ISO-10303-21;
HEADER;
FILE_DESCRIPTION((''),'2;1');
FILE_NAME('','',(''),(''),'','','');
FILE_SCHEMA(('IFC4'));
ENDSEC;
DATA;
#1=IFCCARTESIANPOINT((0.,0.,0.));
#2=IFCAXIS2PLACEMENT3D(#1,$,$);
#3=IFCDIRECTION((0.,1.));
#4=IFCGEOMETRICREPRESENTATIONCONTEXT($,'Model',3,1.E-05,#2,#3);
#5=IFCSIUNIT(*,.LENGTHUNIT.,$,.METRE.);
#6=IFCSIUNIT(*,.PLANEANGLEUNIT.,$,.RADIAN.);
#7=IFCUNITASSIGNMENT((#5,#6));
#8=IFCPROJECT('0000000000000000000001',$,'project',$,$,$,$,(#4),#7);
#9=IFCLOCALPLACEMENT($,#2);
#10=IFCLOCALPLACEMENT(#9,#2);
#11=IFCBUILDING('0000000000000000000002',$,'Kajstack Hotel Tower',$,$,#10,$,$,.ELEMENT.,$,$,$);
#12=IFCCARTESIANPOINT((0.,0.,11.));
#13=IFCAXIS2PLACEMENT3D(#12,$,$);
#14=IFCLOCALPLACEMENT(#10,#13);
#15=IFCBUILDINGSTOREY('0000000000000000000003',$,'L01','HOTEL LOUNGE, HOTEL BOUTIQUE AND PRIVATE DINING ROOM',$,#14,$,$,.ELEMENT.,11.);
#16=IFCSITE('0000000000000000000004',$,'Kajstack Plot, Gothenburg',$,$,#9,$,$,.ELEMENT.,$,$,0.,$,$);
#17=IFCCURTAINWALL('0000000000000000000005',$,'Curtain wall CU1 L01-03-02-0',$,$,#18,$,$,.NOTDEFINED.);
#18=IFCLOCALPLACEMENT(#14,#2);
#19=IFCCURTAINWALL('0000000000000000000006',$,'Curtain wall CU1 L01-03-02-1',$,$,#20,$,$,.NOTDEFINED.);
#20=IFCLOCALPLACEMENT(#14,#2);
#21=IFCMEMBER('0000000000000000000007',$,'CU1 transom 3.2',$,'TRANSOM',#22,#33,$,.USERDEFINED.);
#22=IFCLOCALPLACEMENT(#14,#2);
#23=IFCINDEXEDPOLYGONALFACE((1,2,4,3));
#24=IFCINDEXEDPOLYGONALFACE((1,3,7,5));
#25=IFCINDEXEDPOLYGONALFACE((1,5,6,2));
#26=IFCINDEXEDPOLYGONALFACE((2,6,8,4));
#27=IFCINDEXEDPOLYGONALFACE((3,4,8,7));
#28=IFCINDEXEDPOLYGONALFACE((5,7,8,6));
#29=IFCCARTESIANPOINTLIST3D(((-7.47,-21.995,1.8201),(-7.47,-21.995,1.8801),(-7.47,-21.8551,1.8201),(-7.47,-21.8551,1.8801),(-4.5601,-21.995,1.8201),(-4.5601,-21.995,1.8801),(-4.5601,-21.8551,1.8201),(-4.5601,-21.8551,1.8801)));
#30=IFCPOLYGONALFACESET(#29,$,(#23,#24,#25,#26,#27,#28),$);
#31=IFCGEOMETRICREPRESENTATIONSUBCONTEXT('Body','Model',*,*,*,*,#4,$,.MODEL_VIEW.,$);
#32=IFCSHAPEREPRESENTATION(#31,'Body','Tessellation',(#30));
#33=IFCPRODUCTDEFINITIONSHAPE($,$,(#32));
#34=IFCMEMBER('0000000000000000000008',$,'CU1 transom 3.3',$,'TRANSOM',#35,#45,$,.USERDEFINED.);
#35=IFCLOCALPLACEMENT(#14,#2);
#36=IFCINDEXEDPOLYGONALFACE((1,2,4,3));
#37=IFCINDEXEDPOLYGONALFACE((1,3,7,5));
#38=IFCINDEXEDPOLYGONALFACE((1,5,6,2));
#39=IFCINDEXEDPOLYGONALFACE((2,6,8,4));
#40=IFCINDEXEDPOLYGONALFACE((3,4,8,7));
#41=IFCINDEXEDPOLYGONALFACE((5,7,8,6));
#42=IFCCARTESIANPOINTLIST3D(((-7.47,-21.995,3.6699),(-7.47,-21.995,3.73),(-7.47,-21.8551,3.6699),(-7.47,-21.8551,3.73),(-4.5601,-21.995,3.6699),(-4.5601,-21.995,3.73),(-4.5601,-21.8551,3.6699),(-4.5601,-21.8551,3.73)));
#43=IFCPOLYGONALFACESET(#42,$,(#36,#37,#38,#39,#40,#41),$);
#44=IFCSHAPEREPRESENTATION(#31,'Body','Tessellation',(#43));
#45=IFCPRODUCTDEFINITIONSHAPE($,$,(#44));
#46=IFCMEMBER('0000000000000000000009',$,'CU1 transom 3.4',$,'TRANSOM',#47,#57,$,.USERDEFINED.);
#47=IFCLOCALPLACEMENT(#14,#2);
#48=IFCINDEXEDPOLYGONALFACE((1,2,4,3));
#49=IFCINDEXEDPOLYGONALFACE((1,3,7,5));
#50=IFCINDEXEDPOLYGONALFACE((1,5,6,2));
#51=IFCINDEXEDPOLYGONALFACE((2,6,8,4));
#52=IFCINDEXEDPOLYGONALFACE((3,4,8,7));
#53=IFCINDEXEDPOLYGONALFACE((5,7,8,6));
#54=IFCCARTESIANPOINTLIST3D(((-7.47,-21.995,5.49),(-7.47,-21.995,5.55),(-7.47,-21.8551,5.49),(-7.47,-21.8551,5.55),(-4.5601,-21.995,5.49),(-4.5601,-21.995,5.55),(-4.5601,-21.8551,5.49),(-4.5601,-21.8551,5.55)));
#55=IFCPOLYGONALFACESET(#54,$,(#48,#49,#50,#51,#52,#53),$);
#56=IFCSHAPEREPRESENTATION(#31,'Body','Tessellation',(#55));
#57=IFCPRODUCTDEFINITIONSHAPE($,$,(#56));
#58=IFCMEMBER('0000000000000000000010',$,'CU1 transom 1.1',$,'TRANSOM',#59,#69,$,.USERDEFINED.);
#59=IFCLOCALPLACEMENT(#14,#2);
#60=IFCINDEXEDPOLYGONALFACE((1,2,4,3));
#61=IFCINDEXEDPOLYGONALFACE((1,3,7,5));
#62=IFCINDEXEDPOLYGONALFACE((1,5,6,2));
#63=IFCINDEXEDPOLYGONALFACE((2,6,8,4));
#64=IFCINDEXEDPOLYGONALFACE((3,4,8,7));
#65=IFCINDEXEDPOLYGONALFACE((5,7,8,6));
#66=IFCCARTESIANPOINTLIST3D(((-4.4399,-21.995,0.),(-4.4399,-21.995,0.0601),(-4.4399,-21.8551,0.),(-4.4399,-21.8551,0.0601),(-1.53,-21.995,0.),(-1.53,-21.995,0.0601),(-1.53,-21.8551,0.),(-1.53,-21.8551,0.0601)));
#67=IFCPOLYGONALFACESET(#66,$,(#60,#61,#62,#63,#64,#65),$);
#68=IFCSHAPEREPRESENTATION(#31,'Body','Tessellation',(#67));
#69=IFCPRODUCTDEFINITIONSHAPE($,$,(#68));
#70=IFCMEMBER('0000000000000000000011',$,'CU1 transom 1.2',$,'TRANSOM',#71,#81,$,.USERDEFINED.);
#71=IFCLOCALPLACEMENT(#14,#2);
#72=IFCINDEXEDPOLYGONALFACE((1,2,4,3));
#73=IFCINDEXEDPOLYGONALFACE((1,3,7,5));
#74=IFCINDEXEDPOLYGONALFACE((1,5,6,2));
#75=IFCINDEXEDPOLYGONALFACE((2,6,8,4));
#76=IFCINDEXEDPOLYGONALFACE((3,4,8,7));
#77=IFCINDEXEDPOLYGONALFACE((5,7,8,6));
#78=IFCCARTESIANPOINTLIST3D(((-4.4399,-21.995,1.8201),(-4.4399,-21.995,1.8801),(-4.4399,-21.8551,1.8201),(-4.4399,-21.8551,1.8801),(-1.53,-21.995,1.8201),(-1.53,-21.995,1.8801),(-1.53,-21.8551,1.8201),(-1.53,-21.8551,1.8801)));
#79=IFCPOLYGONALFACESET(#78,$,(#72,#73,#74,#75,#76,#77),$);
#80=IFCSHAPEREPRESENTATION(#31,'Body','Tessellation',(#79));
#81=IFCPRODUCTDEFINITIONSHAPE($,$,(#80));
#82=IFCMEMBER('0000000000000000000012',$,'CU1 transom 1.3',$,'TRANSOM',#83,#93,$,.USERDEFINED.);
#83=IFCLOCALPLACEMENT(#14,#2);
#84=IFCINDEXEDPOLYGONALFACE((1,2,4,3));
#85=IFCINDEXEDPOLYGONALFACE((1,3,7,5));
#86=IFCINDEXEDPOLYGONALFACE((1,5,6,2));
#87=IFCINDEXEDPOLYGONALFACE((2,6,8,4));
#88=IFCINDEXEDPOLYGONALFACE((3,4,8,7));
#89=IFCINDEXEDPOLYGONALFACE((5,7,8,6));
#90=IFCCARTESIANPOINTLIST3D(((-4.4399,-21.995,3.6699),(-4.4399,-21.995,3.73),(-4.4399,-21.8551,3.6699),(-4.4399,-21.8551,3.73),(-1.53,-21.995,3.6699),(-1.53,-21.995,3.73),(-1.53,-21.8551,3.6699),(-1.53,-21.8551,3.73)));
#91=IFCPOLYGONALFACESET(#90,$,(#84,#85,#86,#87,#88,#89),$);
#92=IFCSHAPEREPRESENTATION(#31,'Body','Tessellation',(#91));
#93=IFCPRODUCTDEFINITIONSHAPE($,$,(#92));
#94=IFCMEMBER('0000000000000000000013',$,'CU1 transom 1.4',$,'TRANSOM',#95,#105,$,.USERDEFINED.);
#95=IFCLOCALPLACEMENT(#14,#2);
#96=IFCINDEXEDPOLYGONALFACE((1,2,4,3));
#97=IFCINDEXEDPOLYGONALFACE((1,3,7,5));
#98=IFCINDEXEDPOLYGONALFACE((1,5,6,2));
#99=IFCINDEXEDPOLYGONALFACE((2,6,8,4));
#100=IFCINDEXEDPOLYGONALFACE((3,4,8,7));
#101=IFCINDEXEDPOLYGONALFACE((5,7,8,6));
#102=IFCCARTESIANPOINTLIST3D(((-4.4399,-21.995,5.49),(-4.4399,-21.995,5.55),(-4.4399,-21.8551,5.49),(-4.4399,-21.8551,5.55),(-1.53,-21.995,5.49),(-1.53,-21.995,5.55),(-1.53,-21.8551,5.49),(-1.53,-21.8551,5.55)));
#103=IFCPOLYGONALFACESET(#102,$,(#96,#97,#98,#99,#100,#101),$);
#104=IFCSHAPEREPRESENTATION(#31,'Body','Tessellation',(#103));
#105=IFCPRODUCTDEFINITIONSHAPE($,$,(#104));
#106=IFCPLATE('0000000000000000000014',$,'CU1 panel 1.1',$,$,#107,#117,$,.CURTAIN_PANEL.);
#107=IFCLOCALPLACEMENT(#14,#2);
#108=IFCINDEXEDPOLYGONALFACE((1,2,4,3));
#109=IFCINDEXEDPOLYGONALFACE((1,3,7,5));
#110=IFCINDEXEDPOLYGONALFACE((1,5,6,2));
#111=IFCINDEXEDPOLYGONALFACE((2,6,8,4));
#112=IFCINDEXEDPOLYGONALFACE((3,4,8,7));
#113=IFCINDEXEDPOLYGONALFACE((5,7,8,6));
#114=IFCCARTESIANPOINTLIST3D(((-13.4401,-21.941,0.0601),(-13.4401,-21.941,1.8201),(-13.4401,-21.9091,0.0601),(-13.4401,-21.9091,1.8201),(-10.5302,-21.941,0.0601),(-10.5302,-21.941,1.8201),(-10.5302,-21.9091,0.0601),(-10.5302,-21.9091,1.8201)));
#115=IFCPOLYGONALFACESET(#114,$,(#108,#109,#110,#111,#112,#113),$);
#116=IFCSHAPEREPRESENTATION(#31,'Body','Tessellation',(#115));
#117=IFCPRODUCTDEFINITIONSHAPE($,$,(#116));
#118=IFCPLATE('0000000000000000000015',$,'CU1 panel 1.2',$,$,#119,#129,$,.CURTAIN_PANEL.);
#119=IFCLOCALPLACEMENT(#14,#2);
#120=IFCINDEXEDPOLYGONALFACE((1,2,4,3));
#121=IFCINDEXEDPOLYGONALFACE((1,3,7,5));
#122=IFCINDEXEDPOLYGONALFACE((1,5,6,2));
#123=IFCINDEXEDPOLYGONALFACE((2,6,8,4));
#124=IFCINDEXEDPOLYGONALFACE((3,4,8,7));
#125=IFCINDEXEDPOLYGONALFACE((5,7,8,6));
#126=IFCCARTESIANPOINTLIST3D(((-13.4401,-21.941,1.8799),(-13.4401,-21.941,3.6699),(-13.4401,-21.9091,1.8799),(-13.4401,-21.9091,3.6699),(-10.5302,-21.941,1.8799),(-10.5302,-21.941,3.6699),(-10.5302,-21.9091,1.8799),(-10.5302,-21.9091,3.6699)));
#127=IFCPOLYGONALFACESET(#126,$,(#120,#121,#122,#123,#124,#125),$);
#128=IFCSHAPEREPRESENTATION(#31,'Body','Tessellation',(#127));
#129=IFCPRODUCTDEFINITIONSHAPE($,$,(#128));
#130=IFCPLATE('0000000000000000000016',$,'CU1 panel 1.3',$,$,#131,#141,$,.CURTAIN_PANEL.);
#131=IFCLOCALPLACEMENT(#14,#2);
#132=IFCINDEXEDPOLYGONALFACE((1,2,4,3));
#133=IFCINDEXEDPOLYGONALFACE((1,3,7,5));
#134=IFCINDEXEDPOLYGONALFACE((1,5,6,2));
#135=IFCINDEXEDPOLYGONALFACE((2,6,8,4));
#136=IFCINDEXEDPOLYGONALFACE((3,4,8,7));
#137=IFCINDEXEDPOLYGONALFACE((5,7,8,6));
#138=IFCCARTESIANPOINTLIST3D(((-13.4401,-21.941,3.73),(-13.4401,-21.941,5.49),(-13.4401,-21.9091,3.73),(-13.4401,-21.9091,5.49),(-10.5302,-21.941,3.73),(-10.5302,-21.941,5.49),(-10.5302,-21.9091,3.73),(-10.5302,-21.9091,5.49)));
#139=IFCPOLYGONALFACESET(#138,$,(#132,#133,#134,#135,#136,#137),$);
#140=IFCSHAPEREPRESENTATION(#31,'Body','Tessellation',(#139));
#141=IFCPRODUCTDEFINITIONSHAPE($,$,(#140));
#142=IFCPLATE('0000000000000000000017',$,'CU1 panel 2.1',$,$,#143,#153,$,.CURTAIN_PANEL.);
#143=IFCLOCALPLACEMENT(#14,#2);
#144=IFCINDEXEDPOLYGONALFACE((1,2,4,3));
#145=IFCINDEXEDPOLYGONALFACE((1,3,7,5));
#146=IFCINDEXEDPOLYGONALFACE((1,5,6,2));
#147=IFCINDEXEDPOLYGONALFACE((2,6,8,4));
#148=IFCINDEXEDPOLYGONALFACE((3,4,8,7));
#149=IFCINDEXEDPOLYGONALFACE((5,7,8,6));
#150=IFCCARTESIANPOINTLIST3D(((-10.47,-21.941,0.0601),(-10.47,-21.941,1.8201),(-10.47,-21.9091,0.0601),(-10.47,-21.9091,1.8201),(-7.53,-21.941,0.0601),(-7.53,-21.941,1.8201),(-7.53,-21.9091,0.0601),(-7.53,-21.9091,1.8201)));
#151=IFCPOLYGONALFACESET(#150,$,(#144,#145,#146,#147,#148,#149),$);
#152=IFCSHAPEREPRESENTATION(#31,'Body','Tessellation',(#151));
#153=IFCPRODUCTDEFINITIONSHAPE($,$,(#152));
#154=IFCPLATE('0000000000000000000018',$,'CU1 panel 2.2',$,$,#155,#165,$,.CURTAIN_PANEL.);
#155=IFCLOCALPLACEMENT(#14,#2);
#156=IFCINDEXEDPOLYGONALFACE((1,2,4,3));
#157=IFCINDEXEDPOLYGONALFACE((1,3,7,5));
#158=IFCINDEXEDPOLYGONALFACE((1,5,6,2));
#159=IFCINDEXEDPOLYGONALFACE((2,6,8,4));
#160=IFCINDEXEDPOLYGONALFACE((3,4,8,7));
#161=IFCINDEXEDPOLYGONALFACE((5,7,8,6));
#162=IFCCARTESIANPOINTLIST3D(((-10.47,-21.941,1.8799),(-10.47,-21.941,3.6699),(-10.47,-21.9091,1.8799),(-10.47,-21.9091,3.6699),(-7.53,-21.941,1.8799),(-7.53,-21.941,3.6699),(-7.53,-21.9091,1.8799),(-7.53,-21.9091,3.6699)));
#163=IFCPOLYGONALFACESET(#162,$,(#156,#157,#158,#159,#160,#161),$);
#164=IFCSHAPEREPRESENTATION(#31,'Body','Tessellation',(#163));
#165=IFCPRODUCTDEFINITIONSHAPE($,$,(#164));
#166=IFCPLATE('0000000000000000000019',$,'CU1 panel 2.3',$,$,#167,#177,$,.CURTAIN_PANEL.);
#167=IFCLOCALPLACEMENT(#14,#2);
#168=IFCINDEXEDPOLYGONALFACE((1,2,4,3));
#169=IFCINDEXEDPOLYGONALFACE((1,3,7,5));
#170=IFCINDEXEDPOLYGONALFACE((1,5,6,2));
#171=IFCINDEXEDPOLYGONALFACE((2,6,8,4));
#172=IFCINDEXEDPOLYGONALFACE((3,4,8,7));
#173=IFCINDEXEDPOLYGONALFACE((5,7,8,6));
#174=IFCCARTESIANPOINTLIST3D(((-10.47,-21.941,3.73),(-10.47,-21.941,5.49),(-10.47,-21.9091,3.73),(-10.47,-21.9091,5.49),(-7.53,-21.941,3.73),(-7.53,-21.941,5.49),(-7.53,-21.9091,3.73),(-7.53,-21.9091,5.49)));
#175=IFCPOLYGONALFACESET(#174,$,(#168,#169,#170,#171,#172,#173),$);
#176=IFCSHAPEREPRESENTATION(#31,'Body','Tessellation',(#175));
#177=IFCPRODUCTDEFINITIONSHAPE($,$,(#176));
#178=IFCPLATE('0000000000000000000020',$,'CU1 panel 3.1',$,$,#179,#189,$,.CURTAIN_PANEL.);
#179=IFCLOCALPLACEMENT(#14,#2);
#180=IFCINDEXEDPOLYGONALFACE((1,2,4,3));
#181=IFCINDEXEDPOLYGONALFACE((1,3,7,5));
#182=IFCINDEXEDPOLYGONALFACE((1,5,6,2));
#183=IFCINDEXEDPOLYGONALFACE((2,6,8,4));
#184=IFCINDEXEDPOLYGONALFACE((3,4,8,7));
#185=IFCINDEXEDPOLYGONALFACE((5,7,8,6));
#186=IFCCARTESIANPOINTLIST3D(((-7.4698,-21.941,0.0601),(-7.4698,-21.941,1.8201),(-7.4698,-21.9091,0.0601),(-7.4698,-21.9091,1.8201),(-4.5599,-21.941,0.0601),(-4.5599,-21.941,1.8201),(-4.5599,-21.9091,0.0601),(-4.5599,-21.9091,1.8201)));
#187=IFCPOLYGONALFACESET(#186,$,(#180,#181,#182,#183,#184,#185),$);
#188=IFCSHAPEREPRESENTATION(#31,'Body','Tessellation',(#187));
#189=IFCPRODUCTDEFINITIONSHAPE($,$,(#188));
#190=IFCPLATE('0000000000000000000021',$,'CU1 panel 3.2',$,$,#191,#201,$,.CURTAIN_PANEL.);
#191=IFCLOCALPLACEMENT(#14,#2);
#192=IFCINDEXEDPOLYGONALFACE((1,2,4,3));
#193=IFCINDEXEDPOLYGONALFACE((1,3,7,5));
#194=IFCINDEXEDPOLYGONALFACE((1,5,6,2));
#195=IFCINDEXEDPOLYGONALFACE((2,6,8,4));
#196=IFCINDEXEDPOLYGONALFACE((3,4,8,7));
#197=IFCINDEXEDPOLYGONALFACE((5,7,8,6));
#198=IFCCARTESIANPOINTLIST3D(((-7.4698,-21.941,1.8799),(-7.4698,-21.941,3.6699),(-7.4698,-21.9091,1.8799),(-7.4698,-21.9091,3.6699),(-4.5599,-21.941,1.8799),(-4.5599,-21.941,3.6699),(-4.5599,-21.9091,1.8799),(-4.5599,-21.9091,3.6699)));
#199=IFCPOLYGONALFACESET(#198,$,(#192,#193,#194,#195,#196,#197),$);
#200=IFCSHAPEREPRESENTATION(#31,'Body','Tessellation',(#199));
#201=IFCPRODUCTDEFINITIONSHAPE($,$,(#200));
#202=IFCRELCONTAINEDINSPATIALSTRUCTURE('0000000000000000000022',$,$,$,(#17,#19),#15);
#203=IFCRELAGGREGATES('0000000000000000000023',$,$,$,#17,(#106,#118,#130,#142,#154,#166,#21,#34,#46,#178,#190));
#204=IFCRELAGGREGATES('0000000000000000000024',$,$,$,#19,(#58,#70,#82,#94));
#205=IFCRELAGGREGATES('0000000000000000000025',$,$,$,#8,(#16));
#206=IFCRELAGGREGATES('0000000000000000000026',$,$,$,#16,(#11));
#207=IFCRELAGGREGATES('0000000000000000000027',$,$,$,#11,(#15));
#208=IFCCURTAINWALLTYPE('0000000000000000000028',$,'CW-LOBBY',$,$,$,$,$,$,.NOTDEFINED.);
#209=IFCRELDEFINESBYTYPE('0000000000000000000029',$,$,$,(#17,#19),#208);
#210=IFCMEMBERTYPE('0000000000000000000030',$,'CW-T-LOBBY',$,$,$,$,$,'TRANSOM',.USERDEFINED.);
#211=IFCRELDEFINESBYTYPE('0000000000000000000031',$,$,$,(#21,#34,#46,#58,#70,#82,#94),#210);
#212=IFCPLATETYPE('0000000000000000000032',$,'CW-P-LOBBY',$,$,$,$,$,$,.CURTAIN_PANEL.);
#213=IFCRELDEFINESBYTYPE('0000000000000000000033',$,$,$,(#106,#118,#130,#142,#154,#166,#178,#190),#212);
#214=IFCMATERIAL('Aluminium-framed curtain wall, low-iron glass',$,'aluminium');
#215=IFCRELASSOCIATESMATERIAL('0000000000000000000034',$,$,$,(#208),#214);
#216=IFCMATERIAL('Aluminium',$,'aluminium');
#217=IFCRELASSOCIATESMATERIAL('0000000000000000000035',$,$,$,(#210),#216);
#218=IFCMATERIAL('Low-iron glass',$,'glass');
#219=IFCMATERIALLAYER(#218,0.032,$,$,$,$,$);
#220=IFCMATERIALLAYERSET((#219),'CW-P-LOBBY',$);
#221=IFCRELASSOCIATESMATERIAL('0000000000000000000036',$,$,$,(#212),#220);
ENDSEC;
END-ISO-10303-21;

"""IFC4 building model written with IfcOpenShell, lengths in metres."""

from ifc_helpers import new_model, si_unit, direction, frame, origin, origin_2d, place, context, subcontext, project, spatial, rectangle, extrude, material, layer, layer_set, material_profile, profile_set, type_object, element, aggregate, save


model = new_model("IFC4")

# Units and contexts
model_context = context("Model", 3, precision=1e-05, world=origin(), true_north=direction((0.0, 1.0)))
body_context = subcontext(model_context, "Body", "Model", "MODEL_VIEW")
ifc_project = project(units=[si_unit("LENGTHUNIT", "METRE"), si_unit("PLANEANGLEUNIT", "RADIAN")], contexts=[model_context])

# Site, building, storey
site_placement = place(None, origin())
site = spatial("IfcSite", under=ifc_project, at=site_placement, Name="Kajstack Plot, Gothenburg", CompositionType="ELEMENT", RefElevation=0.0)
building_placement = place(site_placement, origin())
building = spatial("IfcBuilding", under=site, at=building_placement, Name="Kajstack Hotel Tower", CompositionType="ELEMENT")
storey_placement = place(building_placement, frame((0.0, 0.0, 11.0)))
storey = spatial("IfcBuildingStorey", under=building, at=storey_placement, Name="L01", Description="HOTEL LOUNGE, HOTEL BOUTIQUE AND PRIVATE DINING ROOM", CompositionType="ELEMENT", Elevation=11.0)

# Curtain walls
ifc_material_1 = material(Name="Aluminium-framed curtain wall, low-iron glass", Category="aluminium")
curtain_wall_type = type_object("IfcCurtainWallType", Name="CW-LOBBY", PredefinedType="NOTDEFINED", material=ifc_material_1)
curtain_wall_1_placement = place(storey_placement, origin())
curtain_wall_1 = element("IfcCurtainWall", 1, at=curtain_wall_1_placement, inside=storey, type_object=curtain_wall_type, Name="Curtain wall CU1 L01-03-02-0", PredefinedType="NOTDEFINED")
ifc_material_2 = material(Name="Aluminium", Category="aluminium")
curtain_wall_2_placement = place(storey_placement, origin())
curtain_wall_2 = element("IfcCurtainWall", 2, at=curtain_wall_2_placement, inside=storey, type_object=curtain_wall_type, Name="Curtain wall CU1 L01-03-02-1", PredefinedType="NOTDEFINED")

# Members
ifc_material_profile_1 = material_profile(ifc_material_2, rectangle(XDim=0.1399, YDim=0.0601, at=origin_2d()), Name="Aluminium transom 140 x 60")
ifc_profile_set_1 = profile_set([ifc_material_profile_1], Name="Aluminium")
member_type_1 = type_object("IfcMemberType", Name="CW-T-LOBBY", ElementType="TRANSOM", PredefinedType="USERDEFINED", material=ifc_profile_set_1)
member_1_placement = place(storey_placement, frame((-7.47, -21.925, 1.8501), z_axis=(1.0, 0.0, 0.0), x_axis=(0.0, 1.0, 0.0)))
member_1 = element("IfcMember", 3, at=member_1_placement, type_object=member_type_1, Name="CU1 transom 3.2", ObjectType="TRANSOM", PredefinedType="USERDEFINED", context=body_context, shape_type="SweptSolid", body=[
    extrude(rectangle(XDim=0.1399, YDim=0.0601, at=origin_2d()), origin(), (0.0, 0.0, 1.0), 2.9099),
])
member_2_placement = place(storey_placement, frame((-7.47, -21.925, 3.7), z_axis=(1.0, 0.0, 0.0), x_axis=(0.0, 1.0, 0.0)))
member_2 = element("IfcMember", 4, at=member_2_placement, type_object=member_type_1, Name="CU1 transom 3.3", ObjectType="TRANSOM", PredefinedType="USERDEFINED", context=body_context, shape_type="SweptSolid", body=[
    extrude(rectangle(XDim=0.1399, YDim=0.0601, at=origin_2d()), origin(), (0.0, 0.0, 1.0), 2.9099),
])
member_3_placement = place(storey_placement, frame((-7.47, -21.925, 5.52), z_axis=(1.0, 0.0, 0.0), x_axis=(0.0, 1.0, 0.0)))
member_3 = element("IfcMember", 5, at=member_3_placement, type_object=member_type_1, Name="CU1 transom 3.4", ObjectType="TRANSOM", PredefinedType="USERDEFINED", context=body_context, shape_type="SweptSolid", body=[
    extrude(rectangle(XDim=0.1399, YDim=0.0601, at=origin_2d()), origin(), (0.0, 0.0, 1.0), 2.9099),
])
member_4_placement = place(storey_placement, frame((-4.4399, -21.925, 0.03), z_axis=(1.0, 0.0, 0.0), x_axis=(0.0, 1.0, 0.0)))
member_4 = element("IfcMember", 6, at=member_4_placement, type_object=member_type_1, Name="CU1 transom 1.1", ObjectType="TRANSOM", PredefinedType="USERDEFINED", context=body_context, shape_type="SweptSolid", body=[
    extrude(rectangle(XDim=0.1399, YDim=0.0601, at=origin_2d()), origin(), (0.0, 0.0, 1.0), 2.9099),
])
member_5_placement = place(storey_placement, frame((-4.4399, -21.925, 1.8501), z_axis=(1.0, 0.0, 0.0), x_axis=(0.0, 1.0, 0.0)))
member_5 = element("IfcMember", 7, at=member_5_placement, type_object=member_type_1, Name="CU1 transom 1.2", ObjectType="TRANSOM", PredefinedType="USERDEFINED", context=body_context, shape_type="SweptSolid", body=[
    extrude(rectangle(XDim=0.1399, YDim=0.0601, at=origin_2d()), origin(), (0.0, 0.0, 1.0), 2.9099),
])
member_6_placement = place(storey_placement, frame((-4.4399, -21.925, 3.7), z_axis=(1.0, 0.0, 0.0), x_axis=(0.0, 1.0, 0.0)))
member_6 = element("IfcMember", 8, at=member_6_placement, type_object=member_type_1, Name="CU1 transom 1.3", ObjectType="TRANSOM", PredefinedType="USERDEFINED", context=body_context, shape_type="SweptSolid", body=[
    extrude(rectangle(XDim=0.1399, YDim=0.0601, at=origin_2d()), origin(), (0.0, 0.0, 1.0), 2.9099),
])
member_7_placement = place(storey_placement, frame((-4.4399, -21.925, 5.52), z_axis=(1.0, 0.0, 0.0), x_axis=(0.0, 1.0, 0.0)))
member_7 = element("IfcMember", 9, at=member_7_placement, type_object=member_type_1, Name="CU1 transom 1.4", ObjectType="TRANSOM", PredefinedType="USERDEFINED", context=body_context, shape_type="SweptSolid", body=[
    extrude(rectangle(XDim=0.1399, YDim=0.0601, at=origin_2d()), origin(), (0.0, 0.0, 1.0), 2.9099),
])

# Plates
ifc_material_3 = material(Name="Low-iron glass", Category="glass")
ifc_layer = layer(ifc_material_3, 0.032)
ifc_layer_set = layer_set([ifc_layer], Name="CW-P-LOBBY")
plate_type = type_object("IfcPlateType", Name="CW-P-LOBBY", PredefinedType="CURTAIN_PANEL", material=ifc_layer_set)
plate_1_placement = place(storey_placement, frame((-11.9851, -21.925, 0.0601), z_axis=(0.0, 0.0, 1.0), x_axis=(1.0, 0.0, 0.0)))
plate_1 = element("IfcPlate", 10, at=plate_1_placement, type_object=plate_type, Name="CU1 panel 1.1", PredefinedType="CURTAIN_PANEL", context=body_context, shape_type="SweptSolid", body=[
    extrude(rectangle(XDim=2.9099, YDim=0.032, at=origin_2d()), origin(), (0.0, 0.0, 1.0), 1.76),
])
plate_2_placement = place(storey_placement, frame((-11.9851, -21.925, 1.8799), z_axis=(0.0, 0.0, 1.0), x_axis=(1.0, 0.0, 0.0)))
plate_2 = element("IfcPlate", 11, at=plate_2_placement, type_object=plate_type, Name="CU1 panel 1.2", PredefinedType="CURTAIN_PANEL", context=body_context, shape_type="SweptSolid", body=[
    extrude(rectangle(XDim=2.9099, YDim=0.032, at=origin_2d()), origin(), (0.0, 0.0, 1.0), 1.79),
])
plate_3_placement = place(storey_placement, frame((-11.9851, -21.925, 3.73), z_axis=(0.0, 0.0, 1.0), x_axis=(1.0, 0.0, 0.0)))
plate_3 = element("IfcPlate", 12, at=plate_3_placement, type_object=plate_type, Name="CU1 panel 1.3", PredefinedType="CURTAIN_PANEL", context=body_context, shape_type="SweptSolid", body=[
    extrude(rectangle(XDim=2.9099, YDim=0.032, at=origin_2d()), origin(), (0.0, 0.0, 1.0), 1.76),
])
plate_4_placement = place(storey_placement, frame((-9.0, -21.925, 0.0601), z_axis=(0.0, 0.0, 1.0), x_axis=(1.0, 0.0, 0.0)))
plate_4 = element("IfcPlate", 13, at=plate_4_placement, type_object=plate_type, Name="CU1 panel 2.1", PredefinedType="CURTAIN_PANEL", context=body_context, shape_type="SweptSolid", body=[
    extrude(rectangle(XDim=2.9399, YDim=0.032, at=origin_2d()), origin(), (0.0, 0.0, 1.0), 1.76),
])
plate_5_placement = place(storey_placement, frame((-9.0, -21.925, 1.8799), z_axis=(0.0, 0.0, 1.0), x_axis=(1.0, 0.0, 0.0)))
plate_5 = element("IfcPlate", 14, at=plate_5_placement, type_object=plate_type, Name="CU1 panel 2.2", PredefinedType="CURTAIN_PANEL", context=body_context, shape_type="SweptSolid", body=[
    extrude(rectangle(XDim=2.9399, YDim=0.032, at=origin_2d()), origin(), (0.0, 0.0, 1.0), 1.79),
])
plate_6_placement = place(storey_placement, frame((-9.0, -21.925, 3.73), z_axis=(0.0, 0.0, 1.0), x_axis=(1.0, 0.0, 0.0)))
plate_6 = element("IfcPlate", 15, at=plate_6_placement, type_object=plate_type, Name="CU1 panel 2.3", PredefinedType="CURTAIN_PANEL", context=body_context, shape_type="SweptSolid", body=[
    extrude(rectangle(XDim=2.9399, YDim=0.032, at=origin_2d()), origin(), (0.0, 0.0, 1.0), 1.76),
])
plate_7_placement = place(storey_placement, frame((-6.0149, -21.925, 0.0601), z_axis=(0.0, 0.0, 1.0), x_axis=(1.0, 0.0, 0.0)))
plate_7 = element("IfcPlate", 16, at=plate_7_placement, type_object=plate_type, Name="CU1 panel 3.1", PredefinedType="CURTAIN_PANEL", context=body_context, shape_type="SweptSolid", body=[
    extrude(rectangle(XDim=2.9099, YDim=0.032, at=origin_2d()), origin(), (0.0, 0.0, 1.0), 1.76),
])
plate_8_placement = place(storey_placement, frame((-6.0149, -21.925, 1.8799), z_axis=(0.0, 0.0, 1.0), x_axis=(1.0, 0.0, 0.0)))
plate_8 = element("IfcPlate", 17, at=plate_8_placement, type_object=plate_type, Name="CU1 panel 3.2", PredefinedType="CURTAIN_PANEL", context=body_context, shape_type="SweptSolid", body=[
    extrude(rectangle(XDim=2.9099, YDim=0.032, at=origin_2d()), origin(), (0.0, 0.0, 1.0), 1.79),
])
aggregate(curtain_wall_1, [plate_1, plate_2, plate_3, plate_4, plate_5, plate_6, member_1, member_2, member_3, plate_7, plate_8])
aggregate(curtain_wall_2, [member_4, member_5, member_6, member_7])

save(model, "model.ifc")
